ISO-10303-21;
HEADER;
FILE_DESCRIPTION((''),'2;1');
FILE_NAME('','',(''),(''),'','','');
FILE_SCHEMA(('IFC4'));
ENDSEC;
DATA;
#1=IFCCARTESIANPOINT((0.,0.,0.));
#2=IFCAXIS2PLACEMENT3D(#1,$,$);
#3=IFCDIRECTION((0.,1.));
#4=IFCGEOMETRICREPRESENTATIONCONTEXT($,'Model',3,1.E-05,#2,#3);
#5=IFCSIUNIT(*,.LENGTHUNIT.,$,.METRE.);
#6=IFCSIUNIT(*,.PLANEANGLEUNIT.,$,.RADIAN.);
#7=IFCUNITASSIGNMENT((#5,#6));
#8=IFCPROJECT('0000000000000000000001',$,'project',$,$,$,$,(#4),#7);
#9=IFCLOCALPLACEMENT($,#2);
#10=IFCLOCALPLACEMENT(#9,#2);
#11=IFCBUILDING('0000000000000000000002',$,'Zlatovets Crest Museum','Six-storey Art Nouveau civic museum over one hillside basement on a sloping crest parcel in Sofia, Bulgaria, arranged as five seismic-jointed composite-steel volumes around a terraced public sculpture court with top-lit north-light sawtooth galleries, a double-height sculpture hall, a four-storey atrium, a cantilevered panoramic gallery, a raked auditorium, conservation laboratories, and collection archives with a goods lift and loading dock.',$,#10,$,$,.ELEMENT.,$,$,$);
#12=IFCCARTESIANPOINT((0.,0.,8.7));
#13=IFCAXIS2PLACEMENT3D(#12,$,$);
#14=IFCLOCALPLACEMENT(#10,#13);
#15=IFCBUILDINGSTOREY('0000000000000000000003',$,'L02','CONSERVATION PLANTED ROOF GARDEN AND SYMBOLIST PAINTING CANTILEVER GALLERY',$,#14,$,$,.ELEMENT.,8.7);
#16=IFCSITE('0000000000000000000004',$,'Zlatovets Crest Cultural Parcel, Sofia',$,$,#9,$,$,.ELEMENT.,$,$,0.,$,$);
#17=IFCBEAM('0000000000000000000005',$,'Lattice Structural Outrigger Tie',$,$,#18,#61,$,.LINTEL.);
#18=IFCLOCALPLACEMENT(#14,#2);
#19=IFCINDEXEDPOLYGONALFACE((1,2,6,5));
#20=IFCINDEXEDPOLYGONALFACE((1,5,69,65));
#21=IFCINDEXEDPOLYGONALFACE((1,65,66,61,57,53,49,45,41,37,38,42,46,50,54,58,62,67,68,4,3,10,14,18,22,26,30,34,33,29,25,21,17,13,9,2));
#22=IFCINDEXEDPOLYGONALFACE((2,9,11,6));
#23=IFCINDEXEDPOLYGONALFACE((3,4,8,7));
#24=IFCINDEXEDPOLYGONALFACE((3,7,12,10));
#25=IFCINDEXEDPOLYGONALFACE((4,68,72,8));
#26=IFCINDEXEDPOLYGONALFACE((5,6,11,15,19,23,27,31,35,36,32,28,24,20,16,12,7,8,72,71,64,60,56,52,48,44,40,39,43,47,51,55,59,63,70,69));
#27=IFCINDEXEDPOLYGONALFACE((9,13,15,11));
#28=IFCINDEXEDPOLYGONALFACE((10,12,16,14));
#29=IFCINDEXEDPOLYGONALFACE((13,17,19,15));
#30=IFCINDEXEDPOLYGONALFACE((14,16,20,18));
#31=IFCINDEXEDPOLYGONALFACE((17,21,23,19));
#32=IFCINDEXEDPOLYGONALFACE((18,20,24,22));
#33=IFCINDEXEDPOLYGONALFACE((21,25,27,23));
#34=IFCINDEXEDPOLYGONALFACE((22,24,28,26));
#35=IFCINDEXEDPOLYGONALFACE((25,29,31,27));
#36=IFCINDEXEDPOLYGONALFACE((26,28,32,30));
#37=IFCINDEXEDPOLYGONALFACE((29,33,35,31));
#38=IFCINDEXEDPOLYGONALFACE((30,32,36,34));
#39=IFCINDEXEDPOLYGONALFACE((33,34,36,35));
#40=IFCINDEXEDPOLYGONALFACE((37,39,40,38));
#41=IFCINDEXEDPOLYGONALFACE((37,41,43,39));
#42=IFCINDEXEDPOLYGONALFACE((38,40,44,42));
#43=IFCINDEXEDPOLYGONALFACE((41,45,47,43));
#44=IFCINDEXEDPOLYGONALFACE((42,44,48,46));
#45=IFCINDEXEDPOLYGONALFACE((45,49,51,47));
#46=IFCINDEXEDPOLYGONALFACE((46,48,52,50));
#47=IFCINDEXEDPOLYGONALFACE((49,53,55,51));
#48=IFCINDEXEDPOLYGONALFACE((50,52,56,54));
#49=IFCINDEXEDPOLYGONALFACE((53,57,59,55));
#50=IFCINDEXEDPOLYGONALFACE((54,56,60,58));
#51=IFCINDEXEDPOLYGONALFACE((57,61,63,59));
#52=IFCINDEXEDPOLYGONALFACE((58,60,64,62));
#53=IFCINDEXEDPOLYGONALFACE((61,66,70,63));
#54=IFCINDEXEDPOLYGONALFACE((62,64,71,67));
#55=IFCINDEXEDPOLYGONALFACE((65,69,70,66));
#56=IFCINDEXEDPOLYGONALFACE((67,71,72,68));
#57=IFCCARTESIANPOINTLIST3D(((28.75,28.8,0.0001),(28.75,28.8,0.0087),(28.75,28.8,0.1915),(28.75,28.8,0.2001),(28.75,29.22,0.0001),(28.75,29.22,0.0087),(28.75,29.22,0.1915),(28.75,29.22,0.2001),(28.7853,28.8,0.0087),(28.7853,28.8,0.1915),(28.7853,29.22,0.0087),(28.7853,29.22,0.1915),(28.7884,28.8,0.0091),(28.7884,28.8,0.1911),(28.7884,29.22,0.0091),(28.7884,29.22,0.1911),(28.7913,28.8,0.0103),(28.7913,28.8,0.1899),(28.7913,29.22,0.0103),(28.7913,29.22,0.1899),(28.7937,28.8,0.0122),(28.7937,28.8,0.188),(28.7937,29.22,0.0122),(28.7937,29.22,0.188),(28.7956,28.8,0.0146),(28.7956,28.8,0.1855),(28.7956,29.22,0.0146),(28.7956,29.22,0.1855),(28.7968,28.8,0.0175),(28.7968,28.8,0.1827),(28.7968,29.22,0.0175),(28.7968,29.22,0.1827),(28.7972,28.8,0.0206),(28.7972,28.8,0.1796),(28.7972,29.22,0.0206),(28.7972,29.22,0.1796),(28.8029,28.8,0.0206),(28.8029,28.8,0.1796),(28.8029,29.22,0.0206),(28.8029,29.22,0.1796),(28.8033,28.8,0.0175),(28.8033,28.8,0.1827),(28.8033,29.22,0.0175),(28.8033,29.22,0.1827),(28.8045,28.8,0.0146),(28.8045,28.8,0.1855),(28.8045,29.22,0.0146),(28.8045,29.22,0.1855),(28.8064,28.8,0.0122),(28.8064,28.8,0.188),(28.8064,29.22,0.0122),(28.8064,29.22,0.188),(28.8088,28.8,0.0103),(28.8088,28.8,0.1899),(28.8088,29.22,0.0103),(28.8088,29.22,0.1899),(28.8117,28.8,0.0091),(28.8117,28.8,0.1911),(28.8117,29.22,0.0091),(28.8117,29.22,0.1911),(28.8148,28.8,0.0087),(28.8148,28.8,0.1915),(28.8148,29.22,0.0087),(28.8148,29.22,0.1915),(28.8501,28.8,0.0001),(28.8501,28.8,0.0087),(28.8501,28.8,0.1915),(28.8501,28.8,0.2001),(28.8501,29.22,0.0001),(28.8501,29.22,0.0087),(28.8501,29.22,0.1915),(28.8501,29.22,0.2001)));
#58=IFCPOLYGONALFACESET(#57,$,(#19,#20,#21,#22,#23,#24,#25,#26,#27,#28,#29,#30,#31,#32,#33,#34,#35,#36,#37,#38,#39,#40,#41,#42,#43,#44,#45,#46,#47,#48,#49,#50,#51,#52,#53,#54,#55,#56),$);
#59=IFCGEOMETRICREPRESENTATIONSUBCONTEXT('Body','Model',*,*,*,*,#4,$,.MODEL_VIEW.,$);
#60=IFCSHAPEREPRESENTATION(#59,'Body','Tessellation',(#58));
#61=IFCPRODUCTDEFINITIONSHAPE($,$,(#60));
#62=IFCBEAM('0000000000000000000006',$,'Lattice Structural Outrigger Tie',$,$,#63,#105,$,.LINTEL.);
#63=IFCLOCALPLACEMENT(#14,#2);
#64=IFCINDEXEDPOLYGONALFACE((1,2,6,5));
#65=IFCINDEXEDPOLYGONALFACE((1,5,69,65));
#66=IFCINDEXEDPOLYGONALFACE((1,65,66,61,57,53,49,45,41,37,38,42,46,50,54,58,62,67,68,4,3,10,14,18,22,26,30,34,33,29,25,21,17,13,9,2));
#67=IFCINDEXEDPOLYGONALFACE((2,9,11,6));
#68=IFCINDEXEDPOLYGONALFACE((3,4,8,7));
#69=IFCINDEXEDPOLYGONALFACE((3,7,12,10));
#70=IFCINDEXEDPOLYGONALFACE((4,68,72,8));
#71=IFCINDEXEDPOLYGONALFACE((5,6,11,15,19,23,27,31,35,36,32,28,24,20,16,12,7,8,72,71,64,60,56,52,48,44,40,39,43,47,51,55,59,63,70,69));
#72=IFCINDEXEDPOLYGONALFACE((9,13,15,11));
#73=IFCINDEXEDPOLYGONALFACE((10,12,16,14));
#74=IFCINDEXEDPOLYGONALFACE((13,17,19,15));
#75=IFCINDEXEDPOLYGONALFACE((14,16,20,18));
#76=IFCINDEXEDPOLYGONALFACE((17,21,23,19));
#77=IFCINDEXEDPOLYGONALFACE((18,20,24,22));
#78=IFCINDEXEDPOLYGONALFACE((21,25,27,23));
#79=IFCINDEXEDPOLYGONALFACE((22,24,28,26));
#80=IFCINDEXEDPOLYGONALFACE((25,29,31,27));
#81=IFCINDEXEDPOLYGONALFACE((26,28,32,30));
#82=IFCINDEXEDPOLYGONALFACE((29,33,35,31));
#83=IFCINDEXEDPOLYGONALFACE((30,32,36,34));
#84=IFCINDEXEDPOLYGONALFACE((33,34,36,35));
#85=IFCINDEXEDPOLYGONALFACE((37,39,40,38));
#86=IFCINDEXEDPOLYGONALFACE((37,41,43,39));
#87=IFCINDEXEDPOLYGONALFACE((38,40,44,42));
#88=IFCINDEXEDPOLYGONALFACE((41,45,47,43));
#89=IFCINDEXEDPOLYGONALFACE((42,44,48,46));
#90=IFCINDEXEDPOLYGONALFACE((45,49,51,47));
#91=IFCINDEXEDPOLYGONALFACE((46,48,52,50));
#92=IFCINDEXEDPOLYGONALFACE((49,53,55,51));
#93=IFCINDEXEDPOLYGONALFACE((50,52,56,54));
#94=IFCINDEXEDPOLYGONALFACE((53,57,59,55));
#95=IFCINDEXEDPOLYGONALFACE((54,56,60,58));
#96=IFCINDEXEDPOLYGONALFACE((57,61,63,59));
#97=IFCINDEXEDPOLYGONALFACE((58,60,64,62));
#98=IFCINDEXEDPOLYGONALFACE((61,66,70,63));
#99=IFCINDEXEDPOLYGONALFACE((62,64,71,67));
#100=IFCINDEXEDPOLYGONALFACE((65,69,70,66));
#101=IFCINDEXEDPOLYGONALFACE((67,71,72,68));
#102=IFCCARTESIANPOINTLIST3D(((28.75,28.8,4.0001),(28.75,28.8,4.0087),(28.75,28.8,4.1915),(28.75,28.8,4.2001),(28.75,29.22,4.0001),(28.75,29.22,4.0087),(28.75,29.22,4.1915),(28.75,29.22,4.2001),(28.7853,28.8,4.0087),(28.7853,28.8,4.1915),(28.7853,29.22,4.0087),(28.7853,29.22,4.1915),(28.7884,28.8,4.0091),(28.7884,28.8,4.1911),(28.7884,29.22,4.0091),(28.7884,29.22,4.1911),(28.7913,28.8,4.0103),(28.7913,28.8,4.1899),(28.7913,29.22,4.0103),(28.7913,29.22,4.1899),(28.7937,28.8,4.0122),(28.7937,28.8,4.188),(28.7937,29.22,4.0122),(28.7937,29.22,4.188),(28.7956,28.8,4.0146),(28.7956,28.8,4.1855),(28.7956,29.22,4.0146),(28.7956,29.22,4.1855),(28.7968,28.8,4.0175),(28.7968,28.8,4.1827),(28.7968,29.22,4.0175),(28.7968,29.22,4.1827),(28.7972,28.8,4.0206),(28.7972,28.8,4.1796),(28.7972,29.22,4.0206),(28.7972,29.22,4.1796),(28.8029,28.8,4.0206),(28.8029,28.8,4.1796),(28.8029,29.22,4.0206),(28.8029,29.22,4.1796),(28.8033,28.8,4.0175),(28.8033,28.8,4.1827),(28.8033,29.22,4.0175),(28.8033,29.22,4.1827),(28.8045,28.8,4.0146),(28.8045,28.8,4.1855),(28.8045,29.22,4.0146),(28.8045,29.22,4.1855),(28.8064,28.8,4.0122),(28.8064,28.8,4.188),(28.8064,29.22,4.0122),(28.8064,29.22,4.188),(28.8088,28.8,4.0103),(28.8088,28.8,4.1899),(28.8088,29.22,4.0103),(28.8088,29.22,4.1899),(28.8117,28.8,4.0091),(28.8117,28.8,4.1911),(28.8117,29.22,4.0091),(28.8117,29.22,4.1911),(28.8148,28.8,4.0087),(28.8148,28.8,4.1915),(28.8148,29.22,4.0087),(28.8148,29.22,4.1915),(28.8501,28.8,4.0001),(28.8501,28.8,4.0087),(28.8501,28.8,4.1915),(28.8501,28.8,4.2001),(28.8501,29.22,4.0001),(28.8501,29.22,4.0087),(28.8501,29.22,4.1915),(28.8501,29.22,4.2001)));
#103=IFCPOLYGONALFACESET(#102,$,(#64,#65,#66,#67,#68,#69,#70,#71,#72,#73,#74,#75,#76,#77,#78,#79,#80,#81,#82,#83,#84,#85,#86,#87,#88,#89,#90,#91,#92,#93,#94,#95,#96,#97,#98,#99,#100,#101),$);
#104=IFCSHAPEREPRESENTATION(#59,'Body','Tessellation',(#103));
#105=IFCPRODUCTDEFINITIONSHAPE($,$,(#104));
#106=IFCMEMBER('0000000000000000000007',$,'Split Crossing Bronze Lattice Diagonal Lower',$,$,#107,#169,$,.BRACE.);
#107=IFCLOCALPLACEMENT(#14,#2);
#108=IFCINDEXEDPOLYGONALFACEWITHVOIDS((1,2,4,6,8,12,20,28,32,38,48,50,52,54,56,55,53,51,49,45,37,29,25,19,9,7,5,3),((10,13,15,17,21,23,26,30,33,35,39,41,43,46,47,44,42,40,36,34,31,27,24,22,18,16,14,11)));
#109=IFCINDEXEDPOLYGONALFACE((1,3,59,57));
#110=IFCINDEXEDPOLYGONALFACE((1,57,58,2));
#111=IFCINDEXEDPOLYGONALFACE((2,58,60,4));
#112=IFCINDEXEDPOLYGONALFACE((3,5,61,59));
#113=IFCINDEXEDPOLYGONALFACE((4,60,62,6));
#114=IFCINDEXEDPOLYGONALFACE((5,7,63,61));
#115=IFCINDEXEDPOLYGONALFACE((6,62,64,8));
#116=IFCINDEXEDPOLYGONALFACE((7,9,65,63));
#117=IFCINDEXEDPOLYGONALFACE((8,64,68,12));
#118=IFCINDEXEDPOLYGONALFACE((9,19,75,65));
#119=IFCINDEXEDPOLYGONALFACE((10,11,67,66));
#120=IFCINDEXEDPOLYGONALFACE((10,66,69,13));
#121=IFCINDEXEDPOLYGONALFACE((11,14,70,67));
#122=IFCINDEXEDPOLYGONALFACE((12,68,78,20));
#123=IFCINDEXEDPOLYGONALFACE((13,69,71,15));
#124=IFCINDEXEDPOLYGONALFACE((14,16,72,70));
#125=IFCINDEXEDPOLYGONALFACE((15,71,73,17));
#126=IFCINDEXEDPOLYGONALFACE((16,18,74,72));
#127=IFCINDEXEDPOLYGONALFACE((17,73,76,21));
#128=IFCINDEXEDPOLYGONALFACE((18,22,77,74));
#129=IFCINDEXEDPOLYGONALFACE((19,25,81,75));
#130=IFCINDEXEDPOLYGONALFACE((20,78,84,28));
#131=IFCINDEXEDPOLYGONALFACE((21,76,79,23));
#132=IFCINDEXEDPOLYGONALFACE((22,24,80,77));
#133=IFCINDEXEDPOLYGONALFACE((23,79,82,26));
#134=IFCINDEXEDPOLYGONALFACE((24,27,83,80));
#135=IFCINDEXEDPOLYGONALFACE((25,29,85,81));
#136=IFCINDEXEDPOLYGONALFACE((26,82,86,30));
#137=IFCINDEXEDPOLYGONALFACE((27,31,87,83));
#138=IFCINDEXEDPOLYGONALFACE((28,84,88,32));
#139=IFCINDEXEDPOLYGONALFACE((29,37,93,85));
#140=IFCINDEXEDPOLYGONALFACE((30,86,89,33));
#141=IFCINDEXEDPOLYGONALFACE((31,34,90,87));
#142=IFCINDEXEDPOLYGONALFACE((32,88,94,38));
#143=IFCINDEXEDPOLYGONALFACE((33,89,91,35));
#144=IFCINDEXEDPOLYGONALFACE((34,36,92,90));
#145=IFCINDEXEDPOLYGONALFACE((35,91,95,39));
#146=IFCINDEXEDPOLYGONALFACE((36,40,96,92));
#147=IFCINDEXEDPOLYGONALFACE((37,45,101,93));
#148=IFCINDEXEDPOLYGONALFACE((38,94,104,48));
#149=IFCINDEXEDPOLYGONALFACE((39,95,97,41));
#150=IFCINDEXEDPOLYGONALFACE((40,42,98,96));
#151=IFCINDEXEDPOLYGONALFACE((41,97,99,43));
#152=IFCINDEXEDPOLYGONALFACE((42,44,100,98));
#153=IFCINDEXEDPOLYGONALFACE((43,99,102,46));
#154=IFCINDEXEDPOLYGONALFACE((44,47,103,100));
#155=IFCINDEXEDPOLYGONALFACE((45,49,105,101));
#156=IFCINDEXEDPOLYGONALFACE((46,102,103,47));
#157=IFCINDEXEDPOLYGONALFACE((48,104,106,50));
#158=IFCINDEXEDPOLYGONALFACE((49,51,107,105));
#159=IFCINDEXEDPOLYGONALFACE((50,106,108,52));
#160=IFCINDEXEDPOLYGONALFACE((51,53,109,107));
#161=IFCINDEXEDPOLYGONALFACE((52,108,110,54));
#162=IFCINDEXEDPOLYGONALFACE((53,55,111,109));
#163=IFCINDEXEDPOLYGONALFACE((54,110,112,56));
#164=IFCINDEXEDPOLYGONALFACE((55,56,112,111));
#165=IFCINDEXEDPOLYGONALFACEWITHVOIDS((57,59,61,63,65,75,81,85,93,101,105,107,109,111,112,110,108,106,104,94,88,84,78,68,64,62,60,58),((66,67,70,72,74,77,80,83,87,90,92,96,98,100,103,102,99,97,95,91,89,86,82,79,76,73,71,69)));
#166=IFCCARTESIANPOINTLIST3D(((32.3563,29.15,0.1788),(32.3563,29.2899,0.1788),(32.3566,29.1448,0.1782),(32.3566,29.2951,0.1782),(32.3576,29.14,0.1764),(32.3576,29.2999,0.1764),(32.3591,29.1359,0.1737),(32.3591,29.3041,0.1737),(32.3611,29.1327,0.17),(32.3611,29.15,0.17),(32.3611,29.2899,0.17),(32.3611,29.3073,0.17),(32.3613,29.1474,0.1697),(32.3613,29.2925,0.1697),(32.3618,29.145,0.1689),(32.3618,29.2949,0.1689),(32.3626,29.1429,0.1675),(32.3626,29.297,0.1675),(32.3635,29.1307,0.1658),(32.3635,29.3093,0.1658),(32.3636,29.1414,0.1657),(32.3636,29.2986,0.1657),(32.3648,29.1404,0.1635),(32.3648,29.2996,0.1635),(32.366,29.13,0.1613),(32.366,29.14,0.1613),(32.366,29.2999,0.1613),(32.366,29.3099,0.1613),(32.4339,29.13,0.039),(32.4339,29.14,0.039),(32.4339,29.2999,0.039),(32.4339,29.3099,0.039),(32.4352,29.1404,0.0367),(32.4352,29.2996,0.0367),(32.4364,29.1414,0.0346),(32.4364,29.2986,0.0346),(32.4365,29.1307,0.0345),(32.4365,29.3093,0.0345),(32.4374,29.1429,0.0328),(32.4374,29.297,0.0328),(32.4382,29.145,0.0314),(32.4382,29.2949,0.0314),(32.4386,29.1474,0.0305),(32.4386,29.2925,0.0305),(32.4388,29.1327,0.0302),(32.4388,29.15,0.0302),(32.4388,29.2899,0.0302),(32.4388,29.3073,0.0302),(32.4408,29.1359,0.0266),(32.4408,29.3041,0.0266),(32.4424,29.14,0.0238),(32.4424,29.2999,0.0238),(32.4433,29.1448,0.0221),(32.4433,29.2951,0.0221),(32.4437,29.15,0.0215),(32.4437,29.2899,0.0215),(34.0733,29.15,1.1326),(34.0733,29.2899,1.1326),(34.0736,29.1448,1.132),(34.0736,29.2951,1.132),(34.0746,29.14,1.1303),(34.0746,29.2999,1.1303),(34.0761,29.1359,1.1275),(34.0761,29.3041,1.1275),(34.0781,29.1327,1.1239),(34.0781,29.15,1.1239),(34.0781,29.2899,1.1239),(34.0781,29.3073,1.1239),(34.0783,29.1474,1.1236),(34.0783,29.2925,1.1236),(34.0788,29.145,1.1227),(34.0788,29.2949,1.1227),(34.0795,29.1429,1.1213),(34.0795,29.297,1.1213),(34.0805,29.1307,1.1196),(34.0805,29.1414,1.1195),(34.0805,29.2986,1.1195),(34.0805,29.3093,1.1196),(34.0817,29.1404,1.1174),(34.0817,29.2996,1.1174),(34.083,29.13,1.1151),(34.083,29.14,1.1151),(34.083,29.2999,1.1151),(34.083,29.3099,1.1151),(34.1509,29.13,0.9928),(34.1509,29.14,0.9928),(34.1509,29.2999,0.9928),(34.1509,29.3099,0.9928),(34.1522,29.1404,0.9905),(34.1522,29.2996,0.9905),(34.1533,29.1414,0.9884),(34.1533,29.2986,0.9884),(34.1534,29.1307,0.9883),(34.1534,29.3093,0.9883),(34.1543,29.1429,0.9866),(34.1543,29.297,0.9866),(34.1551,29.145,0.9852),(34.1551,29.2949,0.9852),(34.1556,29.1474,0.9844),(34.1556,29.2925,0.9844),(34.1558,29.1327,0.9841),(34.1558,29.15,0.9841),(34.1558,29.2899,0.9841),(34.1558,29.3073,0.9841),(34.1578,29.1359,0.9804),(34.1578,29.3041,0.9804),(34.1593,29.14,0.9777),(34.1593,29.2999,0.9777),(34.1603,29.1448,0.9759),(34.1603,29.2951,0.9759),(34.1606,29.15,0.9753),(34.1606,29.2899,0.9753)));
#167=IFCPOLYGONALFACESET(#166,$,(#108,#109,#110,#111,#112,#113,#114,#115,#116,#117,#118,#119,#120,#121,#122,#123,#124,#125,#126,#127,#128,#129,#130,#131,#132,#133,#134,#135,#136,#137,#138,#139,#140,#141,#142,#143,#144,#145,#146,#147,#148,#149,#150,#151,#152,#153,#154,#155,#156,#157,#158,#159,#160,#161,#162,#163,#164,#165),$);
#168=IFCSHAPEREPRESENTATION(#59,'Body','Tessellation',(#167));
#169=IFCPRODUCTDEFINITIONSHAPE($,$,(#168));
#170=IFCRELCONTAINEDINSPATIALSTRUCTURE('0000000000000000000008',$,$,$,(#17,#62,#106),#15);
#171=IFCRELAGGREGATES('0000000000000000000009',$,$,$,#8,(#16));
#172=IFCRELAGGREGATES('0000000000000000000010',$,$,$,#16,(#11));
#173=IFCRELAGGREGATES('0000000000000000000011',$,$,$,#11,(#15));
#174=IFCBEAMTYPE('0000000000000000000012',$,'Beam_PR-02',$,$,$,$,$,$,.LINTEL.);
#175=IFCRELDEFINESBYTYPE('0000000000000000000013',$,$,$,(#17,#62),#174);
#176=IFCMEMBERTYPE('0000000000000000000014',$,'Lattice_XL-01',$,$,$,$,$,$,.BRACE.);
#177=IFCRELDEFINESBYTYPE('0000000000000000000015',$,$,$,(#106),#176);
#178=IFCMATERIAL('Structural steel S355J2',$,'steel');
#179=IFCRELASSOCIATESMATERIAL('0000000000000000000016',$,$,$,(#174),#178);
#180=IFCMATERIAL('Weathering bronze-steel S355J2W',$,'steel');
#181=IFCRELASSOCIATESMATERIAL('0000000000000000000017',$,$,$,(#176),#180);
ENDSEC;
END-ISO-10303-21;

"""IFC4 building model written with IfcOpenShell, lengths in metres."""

from ifc_helpers import new_model, si_unit, direction, frame, origin, origin_2d, place, context, subcontext, project, spatial, hollow_rectangle, i_section, extrude, material, material_profile, profile_set, type_object, element, save


model = new_model("IFC4")

# Units and contexts
model_context = context("Model", 3, precision=1e-05, world=origin(), true_north=direction((0.0, 1.0)))
body_context = subcontext(model_context, "Body", "Model", "MODEL_VIEW")
ifc_project = project(units=[si_unit("LENGTHUNIT", "METRE"), si_unit("PLANEANGLEUNIT", "RADIAN")], contexts=[model_context])

# Site, building, storey
site_placement = place(None, origin())
site = spatial("IfcSite", under=ifc_project, at=site_placement, Name="Zlatovets Crest Cultural Parcel, Sofia", CompositionType="ELEMENT", RefElevation=0.0)
building_placement = place(site_placement, origin())
building = spatial("IfcBuilding", under=site, at=building_placement, Name="Zlatovets Crest Museum", Description="Six-storey Art Nouveau civic museum over one hillside basement on a sloping crest parcel in Sofia, Bulgaria, arranged as five seismic-jointed composite-steel volumes around a terraced public sculpture court with top-lit north-light sawtooth galleries, a double-height sculpture hall, a four-storey atrium, a cantilevered panoramic gallery, a raked auditorium, conservation laboratories, and collection archives with a goods lift and loading dock.", CompositionType="ELEMENT")
storey_placement = place(building_placement, frame((0.0, 0.0, 8.7)))
storey = spatial("IfcBuildingStorey", under=building, at=storey_placement, Name="L02", Description="CONSERVATION PLANTED ROOF GARDEN AND SYMBOLIST PAINTING CANTILEVER GALLERY", CompositionType="ELEMENT", Elevation=8.7)

# Shared definitions
ifc_material_1 = material(Name="Structural steel S355J2", Category="steel")

# Beams
ifc_material_profile_1 = material_profile(ifc_material_1, i_section(OverallWidth=0.1001, OverallDepth=0.2, WebThickness=0.0056, FlangeThickness=0.0085, FilletRadius=0.012, at=origin_2d()), Name="IPE 200")
ifc_profile_set_1 = profile_set([ifc_material_profile_1], Name="Structural steel S355J2")
beam_type_1 = type_object("IfcBeamType", Name="Beam_PR-02", PredefinedType="LINTEL", material=ifc_profile_set_1)
for number, where, z_axis, x_axis, name in (
    (1, (28.8, 28.8, 0.1001), (0.0, 1.0, 0.0), (-1.0, 0.0, 0.0), "Lattice Structural Outrigger Tie"),
    (2, (28.8, 28.8, 4.1001), (0.0, 1.0, 0.0), (-1.0, 0.0, 0.0), "Lattice Structural Outrigger Tie"),
):
    element("IfcBeam", number, at=place(storey_placement, frame(where, z_axis=z_axis, x_axis=x_axis)), inside=storey, type_object=beam_type_1, Name=name, PredefinedType="LINTEL", context=body_context, shape_type="SweptSolid", body=[
        extrude(i_section(OverallWidth=0.1001, OverallDepth=0.2, WebThickness=0.0056, FlangeThickness=0.0085, FilletRadius=0.012, at=origin_2d()), origin(), (0.0, 0.0, 1.0), 0.4199),
    ])

# Member
ifc_material_2 = material(Name="Weathering bronze-steel S355J2W", Category="steel")
ifc_material_profile_2 = material_profile(ifc_material_2, hollow_rectangle(XDim=0.1799, YDim=0.1799, WallThickness=0.01, InnerFilletRadius=0.01, OuterFilletRadius=0.02, at=origin_2d()), Name="SHS 180x180x10.0")
ifc_profile_set_2 = profile_set([ifc_material_profile_2], Name="Weathering bronze-steel S355J2W")
member_type_1 = type_object("IfcMemberType", Name="Lattice_XL-01", PredefinedType="BRACE", material=ifc_profile_set_2)
member_1_placement = place(storey_placement, frame((34.1169, 29.22, 1.054), z_axis=(-0.874169, 0.0, -0.485622), x_axis=(0.0, -1.0, 0.0)))
element("IfcMember", 3, at=member_1_placement, inside=storey, type_object=member_type_1, Name="Split Crossing Bronze Lattice Diagonal Lower", PredefinedType="BRACE", context=body_context, shape_type="SweptSolid", body=[
    extrude(hollow_rectangle(XDim=0.1799, YDim=0.1799, WallThickness=0.01, InnerFilletRadius=0.01, OuterFilletRadius=0.02, at=origin_2d()), origin(), (0.0, 0.0, 1.0), 1.9641),
])

save(model, "model.ifc")
